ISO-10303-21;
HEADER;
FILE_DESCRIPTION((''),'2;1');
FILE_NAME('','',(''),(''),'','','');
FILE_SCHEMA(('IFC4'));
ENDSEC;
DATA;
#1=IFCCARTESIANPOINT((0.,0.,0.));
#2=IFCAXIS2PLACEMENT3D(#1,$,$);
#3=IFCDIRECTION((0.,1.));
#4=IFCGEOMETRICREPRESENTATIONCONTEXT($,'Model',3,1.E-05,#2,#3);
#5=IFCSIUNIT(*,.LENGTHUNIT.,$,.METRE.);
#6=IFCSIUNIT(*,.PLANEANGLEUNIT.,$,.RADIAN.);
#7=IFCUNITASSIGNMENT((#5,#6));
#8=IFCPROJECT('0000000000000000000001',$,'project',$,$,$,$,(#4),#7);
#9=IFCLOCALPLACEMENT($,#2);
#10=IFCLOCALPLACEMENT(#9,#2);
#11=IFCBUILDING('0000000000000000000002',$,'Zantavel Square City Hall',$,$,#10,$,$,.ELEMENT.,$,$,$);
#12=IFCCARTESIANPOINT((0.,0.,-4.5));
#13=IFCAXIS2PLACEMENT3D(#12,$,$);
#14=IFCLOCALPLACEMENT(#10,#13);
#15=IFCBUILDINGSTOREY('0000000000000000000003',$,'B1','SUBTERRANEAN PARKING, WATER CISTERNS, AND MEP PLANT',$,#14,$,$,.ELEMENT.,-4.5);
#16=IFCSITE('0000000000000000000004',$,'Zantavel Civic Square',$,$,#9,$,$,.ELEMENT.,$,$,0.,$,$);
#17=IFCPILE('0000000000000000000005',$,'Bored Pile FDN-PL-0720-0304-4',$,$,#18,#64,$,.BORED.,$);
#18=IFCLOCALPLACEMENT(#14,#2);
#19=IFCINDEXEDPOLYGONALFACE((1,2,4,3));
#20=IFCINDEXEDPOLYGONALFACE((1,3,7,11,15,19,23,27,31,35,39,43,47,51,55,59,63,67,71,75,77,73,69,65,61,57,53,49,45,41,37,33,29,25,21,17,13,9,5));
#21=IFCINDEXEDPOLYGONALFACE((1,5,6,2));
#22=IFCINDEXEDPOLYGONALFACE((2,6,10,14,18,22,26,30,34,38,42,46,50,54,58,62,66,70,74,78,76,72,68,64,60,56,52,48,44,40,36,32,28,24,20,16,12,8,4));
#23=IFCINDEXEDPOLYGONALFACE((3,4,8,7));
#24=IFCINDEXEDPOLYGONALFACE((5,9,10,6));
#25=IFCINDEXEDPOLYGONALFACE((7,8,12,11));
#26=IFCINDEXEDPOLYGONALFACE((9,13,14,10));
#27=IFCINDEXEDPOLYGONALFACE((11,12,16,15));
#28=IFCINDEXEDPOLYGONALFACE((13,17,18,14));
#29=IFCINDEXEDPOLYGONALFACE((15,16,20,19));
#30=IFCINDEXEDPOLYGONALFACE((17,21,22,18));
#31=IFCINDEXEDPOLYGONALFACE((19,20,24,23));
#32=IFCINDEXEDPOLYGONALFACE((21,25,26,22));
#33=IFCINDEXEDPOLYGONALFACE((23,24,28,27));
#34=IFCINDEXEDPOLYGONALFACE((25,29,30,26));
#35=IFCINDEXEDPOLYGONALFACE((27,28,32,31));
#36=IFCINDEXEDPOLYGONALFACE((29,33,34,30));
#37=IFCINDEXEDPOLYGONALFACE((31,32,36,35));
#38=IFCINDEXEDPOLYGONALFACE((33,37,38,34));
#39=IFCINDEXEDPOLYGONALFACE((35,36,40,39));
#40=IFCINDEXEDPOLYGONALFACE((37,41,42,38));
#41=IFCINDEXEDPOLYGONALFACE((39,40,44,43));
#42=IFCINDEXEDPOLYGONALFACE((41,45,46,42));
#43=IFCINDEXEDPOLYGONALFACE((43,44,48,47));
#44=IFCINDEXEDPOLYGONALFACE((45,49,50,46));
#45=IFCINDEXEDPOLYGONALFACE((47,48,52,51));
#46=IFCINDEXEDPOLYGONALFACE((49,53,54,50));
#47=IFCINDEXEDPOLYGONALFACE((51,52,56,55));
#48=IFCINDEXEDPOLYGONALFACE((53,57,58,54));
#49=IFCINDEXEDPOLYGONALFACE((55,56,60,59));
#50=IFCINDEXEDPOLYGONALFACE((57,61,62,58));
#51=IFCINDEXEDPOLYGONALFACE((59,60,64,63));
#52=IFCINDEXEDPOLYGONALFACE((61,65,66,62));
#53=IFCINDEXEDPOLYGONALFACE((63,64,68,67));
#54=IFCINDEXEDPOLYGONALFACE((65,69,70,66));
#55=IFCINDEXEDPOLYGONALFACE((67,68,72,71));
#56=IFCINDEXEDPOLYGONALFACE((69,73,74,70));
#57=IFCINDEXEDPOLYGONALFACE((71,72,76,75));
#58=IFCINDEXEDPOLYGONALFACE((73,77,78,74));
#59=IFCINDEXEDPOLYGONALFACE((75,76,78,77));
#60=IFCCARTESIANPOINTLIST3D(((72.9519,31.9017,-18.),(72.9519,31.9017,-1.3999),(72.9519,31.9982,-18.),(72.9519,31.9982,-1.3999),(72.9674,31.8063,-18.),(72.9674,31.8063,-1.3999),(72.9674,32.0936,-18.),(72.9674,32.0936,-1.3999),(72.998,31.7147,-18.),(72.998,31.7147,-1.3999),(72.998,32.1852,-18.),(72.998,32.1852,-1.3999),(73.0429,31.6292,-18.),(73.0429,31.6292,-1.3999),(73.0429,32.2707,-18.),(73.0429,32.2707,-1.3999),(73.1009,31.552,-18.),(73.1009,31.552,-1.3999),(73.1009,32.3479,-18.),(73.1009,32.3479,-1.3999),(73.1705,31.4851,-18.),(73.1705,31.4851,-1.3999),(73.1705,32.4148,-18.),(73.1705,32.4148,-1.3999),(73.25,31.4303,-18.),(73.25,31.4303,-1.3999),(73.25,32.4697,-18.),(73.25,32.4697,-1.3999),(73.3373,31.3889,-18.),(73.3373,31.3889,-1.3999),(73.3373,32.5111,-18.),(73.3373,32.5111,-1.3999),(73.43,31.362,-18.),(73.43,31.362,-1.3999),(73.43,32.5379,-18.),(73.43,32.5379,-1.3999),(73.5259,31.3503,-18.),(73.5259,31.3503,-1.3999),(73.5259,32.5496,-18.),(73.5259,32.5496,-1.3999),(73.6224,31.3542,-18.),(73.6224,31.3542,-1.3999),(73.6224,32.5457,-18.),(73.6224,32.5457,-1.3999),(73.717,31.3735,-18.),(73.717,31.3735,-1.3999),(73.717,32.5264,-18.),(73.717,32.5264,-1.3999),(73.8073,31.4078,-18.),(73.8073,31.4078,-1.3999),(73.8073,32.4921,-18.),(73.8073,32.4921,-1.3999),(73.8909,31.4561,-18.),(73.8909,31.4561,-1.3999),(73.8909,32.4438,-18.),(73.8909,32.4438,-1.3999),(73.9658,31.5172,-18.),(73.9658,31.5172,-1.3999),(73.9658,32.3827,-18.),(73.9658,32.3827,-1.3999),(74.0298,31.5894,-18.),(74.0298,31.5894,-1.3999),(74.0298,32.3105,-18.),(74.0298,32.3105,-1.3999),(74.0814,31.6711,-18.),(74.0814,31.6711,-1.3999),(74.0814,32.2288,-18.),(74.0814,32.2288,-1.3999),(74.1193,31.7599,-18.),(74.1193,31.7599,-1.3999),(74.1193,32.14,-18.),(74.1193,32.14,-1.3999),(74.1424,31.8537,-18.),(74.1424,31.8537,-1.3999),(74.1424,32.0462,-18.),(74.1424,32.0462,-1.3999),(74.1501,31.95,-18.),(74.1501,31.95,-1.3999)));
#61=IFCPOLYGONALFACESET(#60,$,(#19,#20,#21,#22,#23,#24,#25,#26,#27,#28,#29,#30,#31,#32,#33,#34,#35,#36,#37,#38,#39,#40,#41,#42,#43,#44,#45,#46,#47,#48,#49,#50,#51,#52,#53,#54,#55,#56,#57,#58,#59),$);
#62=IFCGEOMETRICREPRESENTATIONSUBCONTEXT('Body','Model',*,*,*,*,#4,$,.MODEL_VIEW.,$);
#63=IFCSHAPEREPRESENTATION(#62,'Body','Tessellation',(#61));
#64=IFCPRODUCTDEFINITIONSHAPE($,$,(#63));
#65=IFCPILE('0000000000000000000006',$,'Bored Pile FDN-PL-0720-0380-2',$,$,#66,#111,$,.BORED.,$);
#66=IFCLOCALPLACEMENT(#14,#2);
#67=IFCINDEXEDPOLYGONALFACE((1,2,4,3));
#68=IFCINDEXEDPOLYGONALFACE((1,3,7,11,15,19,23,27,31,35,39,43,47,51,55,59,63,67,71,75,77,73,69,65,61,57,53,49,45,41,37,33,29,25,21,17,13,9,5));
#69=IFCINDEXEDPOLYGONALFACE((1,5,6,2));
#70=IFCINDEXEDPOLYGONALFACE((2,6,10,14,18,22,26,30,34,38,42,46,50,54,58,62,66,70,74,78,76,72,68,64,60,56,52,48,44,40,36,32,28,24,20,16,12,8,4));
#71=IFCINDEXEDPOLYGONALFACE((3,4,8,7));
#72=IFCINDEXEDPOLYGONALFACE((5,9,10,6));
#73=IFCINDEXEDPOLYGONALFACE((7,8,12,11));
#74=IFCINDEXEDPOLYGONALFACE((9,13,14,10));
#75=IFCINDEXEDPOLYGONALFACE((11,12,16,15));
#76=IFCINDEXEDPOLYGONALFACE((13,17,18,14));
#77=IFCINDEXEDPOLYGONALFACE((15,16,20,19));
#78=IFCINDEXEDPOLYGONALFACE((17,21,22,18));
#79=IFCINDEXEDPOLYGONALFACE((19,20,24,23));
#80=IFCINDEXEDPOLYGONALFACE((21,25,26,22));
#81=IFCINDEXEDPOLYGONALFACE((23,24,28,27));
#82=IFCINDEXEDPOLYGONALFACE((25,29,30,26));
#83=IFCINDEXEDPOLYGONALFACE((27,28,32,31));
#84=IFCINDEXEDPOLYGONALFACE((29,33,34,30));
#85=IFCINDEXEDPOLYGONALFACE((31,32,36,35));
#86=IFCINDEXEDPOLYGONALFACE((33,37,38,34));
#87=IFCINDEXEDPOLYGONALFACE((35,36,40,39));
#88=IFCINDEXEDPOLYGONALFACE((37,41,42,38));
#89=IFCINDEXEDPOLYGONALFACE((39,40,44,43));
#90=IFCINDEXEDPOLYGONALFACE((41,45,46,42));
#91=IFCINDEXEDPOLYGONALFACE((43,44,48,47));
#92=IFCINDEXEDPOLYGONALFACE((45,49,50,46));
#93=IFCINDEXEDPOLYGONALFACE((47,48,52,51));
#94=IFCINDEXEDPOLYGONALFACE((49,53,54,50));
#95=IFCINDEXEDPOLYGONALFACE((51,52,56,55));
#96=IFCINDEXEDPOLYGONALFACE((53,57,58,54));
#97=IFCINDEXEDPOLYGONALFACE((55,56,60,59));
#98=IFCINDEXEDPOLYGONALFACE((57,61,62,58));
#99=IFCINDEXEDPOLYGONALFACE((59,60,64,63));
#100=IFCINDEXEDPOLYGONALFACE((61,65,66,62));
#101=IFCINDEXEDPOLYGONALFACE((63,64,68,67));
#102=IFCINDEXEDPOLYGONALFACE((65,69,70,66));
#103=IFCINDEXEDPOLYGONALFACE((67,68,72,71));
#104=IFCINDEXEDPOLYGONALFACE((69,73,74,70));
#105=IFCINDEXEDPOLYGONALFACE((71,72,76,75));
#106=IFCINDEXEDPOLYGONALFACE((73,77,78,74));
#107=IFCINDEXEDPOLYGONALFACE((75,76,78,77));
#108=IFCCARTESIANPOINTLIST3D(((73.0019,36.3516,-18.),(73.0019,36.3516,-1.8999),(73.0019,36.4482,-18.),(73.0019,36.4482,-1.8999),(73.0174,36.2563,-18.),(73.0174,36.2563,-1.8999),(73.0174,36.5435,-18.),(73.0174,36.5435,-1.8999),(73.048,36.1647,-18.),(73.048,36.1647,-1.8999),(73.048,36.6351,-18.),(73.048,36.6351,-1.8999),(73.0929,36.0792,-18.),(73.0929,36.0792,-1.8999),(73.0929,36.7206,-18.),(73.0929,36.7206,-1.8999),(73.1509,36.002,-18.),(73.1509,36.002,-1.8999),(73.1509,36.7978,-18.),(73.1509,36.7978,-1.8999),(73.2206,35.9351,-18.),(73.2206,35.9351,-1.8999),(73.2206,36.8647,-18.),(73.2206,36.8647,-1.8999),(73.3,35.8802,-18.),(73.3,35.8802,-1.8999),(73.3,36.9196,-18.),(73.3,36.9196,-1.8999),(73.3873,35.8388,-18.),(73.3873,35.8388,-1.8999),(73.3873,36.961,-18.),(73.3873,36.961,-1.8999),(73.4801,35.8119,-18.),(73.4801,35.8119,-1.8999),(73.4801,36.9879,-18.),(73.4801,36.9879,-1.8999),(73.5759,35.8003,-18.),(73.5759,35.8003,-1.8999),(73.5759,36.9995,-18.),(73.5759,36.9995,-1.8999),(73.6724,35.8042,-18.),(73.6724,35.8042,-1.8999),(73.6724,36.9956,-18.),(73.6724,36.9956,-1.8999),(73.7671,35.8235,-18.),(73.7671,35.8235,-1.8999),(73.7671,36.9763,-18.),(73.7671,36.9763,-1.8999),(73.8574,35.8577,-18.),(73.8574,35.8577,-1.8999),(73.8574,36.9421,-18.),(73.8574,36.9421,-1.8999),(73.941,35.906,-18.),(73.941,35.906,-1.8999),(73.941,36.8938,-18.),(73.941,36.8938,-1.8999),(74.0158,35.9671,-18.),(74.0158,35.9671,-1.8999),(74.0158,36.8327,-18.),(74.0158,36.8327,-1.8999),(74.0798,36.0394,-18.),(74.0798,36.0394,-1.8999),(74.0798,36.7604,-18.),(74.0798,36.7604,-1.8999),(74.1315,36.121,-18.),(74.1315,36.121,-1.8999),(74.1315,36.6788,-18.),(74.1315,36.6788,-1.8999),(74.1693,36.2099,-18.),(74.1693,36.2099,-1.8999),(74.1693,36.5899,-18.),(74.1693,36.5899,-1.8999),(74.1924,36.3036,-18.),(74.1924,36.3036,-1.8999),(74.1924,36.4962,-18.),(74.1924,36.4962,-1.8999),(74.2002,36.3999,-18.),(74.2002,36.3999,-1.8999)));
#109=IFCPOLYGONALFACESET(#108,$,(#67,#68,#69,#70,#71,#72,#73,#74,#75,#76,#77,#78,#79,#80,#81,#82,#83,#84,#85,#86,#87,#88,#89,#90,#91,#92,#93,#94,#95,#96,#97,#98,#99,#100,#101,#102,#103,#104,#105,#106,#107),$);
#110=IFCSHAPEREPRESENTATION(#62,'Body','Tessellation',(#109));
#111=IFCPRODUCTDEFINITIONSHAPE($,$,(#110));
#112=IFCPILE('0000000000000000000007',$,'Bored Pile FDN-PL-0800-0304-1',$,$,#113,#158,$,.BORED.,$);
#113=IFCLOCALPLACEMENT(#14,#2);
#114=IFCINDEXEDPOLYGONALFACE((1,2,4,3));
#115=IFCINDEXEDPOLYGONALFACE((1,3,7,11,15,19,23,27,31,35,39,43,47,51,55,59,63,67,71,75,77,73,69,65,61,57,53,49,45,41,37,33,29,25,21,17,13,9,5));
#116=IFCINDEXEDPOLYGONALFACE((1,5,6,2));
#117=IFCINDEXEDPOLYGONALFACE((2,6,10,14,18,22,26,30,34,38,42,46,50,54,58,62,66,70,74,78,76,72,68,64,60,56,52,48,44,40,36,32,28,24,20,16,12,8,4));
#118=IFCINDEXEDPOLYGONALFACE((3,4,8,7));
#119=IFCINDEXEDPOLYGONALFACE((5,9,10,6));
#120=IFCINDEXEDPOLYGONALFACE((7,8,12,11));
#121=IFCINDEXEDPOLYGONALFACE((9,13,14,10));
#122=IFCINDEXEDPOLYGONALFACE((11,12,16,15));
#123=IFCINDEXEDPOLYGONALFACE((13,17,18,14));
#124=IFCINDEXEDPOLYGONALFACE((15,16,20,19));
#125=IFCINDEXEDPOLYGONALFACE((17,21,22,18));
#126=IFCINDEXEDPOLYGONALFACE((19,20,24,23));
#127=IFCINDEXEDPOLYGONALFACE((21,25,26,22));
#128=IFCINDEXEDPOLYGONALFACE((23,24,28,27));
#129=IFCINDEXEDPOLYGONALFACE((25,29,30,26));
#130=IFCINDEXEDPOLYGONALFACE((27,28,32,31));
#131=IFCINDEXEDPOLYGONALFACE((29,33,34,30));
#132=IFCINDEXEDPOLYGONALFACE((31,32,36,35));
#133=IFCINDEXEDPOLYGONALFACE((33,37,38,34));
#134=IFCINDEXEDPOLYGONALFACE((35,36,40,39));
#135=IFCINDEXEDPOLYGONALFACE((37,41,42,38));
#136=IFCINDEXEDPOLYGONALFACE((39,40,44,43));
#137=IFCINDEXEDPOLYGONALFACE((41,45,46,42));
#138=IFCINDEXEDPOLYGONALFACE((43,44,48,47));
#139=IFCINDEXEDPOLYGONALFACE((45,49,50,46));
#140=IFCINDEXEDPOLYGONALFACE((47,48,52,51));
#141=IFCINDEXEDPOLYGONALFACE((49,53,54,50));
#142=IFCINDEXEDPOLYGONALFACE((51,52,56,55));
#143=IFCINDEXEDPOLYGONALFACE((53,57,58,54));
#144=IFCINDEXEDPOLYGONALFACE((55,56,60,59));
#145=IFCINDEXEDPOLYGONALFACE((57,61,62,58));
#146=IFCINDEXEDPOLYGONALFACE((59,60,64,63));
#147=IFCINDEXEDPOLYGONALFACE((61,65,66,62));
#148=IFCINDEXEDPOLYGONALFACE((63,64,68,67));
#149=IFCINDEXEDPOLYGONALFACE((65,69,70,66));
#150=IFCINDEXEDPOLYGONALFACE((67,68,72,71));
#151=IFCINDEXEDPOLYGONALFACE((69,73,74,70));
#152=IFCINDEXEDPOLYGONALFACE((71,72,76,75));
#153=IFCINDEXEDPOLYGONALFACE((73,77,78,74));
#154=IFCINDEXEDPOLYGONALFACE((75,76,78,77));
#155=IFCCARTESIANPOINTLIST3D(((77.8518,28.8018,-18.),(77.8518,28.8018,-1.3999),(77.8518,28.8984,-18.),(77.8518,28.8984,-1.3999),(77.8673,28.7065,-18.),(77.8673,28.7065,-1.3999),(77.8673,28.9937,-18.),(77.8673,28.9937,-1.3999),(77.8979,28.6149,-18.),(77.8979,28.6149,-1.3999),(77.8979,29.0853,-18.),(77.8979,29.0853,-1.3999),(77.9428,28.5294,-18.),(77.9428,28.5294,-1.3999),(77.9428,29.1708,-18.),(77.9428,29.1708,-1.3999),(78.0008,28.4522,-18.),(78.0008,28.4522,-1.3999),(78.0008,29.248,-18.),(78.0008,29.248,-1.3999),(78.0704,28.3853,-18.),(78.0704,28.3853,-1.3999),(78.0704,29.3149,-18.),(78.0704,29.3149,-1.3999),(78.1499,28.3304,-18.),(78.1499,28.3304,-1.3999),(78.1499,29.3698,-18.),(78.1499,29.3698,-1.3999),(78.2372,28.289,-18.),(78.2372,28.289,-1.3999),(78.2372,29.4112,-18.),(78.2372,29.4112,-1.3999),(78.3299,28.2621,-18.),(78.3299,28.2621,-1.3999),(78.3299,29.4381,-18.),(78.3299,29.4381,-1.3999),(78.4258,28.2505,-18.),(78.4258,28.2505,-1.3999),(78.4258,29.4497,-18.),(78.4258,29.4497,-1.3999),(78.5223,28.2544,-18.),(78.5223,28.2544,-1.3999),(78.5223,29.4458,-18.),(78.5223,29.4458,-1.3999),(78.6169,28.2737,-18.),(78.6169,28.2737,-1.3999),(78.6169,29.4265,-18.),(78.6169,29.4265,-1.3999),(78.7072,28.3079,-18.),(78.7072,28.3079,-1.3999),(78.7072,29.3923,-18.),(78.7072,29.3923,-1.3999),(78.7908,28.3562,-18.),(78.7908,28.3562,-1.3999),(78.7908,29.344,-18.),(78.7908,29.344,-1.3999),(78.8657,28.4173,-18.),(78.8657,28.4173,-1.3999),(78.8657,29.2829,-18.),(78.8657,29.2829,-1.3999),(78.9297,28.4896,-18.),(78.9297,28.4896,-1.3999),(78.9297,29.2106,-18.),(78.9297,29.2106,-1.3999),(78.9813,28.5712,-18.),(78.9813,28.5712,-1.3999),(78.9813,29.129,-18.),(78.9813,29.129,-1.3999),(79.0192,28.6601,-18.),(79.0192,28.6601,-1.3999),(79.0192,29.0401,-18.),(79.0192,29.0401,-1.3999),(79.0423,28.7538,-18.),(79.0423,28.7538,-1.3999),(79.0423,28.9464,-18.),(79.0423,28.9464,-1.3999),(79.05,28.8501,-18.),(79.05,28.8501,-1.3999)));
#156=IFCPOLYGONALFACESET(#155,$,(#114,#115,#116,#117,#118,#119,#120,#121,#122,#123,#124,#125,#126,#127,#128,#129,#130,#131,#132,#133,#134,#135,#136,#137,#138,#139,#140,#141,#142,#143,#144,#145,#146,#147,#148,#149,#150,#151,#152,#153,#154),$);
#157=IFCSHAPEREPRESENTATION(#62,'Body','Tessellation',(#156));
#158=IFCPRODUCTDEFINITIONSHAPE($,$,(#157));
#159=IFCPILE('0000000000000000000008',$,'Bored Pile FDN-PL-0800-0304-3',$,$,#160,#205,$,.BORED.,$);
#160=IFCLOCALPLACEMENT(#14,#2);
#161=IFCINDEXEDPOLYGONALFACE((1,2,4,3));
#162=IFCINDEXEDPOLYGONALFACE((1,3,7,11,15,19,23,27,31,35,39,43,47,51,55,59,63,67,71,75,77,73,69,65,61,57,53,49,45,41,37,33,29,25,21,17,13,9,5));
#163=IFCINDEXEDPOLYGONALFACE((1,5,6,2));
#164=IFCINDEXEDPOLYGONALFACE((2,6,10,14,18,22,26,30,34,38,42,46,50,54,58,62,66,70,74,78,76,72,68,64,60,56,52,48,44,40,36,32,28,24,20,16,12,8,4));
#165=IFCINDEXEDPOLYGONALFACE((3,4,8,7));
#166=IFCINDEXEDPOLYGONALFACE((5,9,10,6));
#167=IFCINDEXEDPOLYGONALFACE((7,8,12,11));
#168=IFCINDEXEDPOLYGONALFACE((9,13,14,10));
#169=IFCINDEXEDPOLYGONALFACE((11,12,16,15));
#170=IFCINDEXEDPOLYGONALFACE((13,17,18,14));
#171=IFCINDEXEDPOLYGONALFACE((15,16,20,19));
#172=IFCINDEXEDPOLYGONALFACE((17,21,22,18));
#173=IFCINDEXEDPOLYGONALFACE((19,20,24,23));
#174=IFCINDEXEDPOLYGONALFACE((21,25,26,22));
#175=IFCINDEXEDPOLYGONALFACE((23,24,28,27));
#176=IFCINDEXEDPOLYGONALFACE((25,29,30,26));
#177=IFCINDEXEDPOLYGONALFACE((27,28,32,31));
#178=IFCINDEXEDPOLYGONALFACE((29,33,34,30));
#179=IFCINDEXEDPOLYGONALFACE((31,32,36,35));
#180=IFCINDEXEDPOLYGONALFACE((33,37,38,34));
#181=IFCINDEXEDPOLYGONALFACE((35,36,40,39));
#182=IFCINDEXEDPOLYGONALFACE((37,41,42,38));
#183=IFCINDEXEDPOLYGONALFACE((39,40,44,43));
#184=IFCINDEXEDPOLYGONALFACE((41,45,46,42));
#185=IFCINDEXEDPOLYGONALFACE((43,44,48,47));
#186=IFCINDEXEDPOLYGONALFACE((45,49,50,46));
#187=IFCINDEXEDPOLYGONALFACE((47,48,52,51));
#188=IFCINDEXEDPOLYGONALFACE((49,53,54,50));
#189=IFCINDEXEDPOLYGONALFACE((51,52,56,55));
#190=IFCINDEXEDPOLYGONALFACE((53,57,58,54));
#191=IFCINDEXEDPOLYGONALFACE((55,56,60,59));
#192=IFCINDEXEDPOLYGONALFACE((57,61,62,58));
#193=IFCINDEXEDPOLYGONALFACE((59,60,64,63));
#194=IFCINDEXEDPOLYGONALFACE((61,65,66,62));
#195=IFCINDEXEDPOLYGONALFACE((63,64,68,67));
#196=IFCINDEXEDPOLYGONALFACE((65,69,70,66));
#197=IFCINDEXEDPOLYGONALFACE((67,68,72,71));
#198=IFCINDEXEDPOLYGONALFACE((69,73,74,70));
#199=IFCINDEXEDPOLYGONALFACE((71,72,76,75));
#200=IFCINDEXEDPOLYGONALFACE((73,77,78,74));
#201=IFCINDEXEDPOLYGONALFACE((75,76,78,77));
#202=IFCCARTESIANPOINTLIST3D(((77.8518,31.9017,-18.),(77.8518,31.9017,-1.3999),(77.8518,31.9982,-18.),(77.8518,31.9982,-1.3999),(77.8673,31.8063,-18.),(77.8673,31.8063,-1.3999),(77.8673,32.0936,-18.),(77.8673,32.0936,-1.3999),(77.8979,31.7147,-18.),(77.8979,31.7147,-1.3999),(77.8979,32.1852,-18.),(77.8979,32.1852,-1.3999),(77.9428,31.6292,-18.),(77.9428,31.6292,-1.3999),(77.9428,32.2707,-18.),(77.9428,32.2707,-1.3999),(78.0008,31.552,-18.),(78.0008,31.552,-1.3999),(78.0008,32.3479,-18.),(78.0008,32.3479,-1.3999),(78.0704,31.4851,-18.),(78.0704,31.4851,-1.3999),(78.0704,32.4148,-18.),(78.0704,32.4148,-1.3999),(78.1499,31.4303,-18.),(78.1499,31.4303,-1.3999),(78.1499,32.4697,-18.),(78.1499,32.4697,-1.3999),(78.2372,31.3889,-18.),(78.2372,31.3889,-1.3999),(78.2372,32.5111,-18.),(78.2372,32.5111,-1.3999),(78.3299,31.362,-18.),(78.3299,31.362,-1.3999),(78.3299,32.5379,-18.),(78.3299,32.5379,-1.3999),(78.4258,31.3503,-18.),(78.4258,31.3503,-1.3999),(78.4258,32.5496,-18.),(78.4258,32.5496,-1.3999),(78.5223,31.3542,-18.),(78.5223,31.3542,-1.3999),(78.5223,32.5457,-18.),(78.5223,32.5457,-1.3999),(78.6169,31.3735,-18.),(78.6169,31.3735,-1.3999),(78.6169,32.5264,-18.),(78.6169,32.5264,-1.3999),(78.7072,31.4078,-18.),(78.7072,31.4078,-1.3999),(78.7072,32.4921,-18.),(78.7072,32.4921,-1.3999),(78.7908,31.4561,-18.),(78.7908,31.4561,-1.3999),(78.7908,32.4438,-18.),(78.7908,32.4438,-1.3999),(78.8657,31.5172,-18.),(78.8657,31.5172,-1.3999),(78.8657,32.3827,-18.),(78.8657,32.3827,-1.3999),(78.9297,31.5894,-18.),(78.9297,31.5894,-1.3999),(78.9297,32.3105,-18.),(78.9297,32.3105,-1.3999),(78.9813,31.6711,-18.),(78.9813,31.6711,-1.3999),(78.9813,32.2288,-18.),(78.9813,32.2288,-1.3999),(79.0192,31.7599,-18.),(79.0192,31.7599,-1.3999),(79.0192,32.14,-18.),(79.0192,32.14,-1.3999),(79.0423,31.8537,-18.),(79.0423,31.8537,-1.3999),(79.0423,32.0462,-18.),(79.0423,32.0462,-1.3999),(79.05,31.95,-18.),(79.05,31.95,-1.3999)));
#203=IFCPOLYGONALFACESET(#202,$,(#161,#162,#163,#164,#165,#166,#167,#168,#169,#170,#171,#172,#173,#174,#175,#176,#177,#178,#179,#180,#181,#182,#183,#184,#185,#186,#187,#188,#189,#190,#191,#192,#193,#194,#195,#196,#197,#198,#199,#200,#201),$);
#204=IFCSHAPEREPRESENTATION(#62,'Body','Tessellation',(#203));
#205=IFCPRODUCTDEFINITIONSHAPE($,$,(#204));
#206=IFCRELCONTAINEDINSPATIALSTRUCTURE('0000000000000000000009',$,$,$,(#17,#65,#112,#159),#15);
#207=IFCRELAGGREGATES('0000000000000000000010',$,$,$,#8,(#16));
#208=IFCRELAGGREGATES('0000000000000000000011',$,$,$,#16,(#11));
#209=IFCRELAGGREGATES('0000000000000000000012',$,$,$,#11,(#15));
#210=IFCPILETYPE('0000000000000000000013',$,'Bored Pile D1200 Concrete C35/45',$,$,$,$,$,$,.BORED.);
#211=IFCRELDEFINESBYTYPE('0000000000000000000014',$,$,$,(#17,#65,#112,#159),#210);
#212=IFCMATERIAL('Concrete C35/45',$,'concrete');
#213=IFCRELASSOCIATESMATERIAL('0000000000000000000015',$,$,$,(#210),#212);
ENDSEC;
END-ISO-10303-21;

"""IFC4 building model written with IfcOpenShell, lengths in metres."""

from ifc_helpers import new_model, si_unit, direction, frame, origin, origin_2d, place, context, subcontext, project, spatial, circle, extrude, material, material_profile, profile_set, type_object, element, save


model = new_model("IFC4")

# Units and contexts
model_context = context("Model", 3, precision=1e-05, world=origin(), true_north=direction((0.0, 1.0)))
body_context = subcontext(model_context, "Body", "Model", "MODEL_VIEW")
ifc_project = project(units=[si_unit("LENGTHUNIT", "METRE"), si_unit("PLANEANGLEUNIT", "RADIAN")], contexts=[model_context])

# Site, building, storey
site_placement = place(None, origin())
site = spatial("IfcSite", under=ifc_project, at=site_placement, Name="Zantavel Civic Square", CompositionType="ELEMENT", RefElevation=0.0)
building_placement = place(site_placement, origin())
building = spatial("IfcBuilding", under=site, at=building_placement, Name="Zantavel Square City Hall", CompositionType="ELEMENT")
storey_placement = place(building_placement, frame((0.0, 0.0, -4.5)))
storey = spatial("IfcBuildingStorey", under=building, at=storey_placement, Name="B1", Description="SUBTERRANEAN PARKING, WATER CISTERNS, AND MEP PLANT", CompositionType="ELEMENT", Elevation=-4.5)

# Piles
ifc_material_1 = material(Name="Concrete C35/45", Category="concrete")
ifc_material_profile_1 = material_profile(ifc_material_1, circle(Radius=0.6001, at=origin_2d()), Name="PILE D1200")
ifc_profile_set_1 = profile_set([ifc_material_profile_1], Name="Concrete C35/45")
pile_type_1 = type_object("IfcPileType", Name="Bored Pile D1200 Concrete C35/45", PredefinedType="BORED", material=ifc_profile_set_1)
for number, where, z_axis, x_axis, name in (
    (1, (73.55, 31.95, -1.3999), (0.0, 0.0, -1.0), (1.0, 0.0, 0.0), "Bored Pile FDN-PL-0720-0304-4"),
):
    element("IfcPile", number, at=place(storey_placement, frame(where, z_axis=z_axis, x_axis=x_axis)), inside=storey, type_object=pile_type_1, Name=name, PredefinedType="BORED", context=body_context, shape_type="SweptSolid", body=[
        extrude(circle(Radius=0.6001, at=origin_2d()), origin(), (0.0, 0.0, 1.0), 16.6001),
    ])
pile_1_placement = place(storey_placement, frame((73.6001, 36.3999, -1.8999), z_axis=(0.0, 0.0, -1.0), x_axis=(1.0, 0.0, 0.0)))
element("IfcPile", 2, at=pile_1_placement, inside=storey, type_object=pile_type_1, Name="Bored Pile FDN-PL-0720-0380-2", PredefinedType="BORED", context=body_context, shape_type="SweptSolid", body=[
    extrude(circle(Radius=0.6001, at=origin_2d()), origin(), (0.0, 0.0, 1.0), 16.1001),
])
for number, where, z_axis, x_axis, name in (
    (3, (78.45, 28.8501, -1.3999), (0.0, 0.0, -1.0), (1.0, 0.0, 0.0), "Bored Pile FDN-PL-0800-0304-1"),
    (4, (78.45, 31.95, -1.3999), (0.0, 0.0, -1.0), (1.0, 0.0, 0.0), "Bored Pile FDN-PL-0800-0304-3"),
):
    element("IfcPile", number, at=place(storey_placement, frame(where, z_axis=z_axis, x_axis=x_axis)), inside=storey, type_object=pile_type_1, Name=name, PredefinedType="BORED", context=body_context, shape_type="SweptSolid", body=[
        extrude(circle(Radius=0.6001, at=origin_2d()), origin(), (0.0, 0.0, 1.0), 16.6001),
    ])

save(model, "model.ifc")
